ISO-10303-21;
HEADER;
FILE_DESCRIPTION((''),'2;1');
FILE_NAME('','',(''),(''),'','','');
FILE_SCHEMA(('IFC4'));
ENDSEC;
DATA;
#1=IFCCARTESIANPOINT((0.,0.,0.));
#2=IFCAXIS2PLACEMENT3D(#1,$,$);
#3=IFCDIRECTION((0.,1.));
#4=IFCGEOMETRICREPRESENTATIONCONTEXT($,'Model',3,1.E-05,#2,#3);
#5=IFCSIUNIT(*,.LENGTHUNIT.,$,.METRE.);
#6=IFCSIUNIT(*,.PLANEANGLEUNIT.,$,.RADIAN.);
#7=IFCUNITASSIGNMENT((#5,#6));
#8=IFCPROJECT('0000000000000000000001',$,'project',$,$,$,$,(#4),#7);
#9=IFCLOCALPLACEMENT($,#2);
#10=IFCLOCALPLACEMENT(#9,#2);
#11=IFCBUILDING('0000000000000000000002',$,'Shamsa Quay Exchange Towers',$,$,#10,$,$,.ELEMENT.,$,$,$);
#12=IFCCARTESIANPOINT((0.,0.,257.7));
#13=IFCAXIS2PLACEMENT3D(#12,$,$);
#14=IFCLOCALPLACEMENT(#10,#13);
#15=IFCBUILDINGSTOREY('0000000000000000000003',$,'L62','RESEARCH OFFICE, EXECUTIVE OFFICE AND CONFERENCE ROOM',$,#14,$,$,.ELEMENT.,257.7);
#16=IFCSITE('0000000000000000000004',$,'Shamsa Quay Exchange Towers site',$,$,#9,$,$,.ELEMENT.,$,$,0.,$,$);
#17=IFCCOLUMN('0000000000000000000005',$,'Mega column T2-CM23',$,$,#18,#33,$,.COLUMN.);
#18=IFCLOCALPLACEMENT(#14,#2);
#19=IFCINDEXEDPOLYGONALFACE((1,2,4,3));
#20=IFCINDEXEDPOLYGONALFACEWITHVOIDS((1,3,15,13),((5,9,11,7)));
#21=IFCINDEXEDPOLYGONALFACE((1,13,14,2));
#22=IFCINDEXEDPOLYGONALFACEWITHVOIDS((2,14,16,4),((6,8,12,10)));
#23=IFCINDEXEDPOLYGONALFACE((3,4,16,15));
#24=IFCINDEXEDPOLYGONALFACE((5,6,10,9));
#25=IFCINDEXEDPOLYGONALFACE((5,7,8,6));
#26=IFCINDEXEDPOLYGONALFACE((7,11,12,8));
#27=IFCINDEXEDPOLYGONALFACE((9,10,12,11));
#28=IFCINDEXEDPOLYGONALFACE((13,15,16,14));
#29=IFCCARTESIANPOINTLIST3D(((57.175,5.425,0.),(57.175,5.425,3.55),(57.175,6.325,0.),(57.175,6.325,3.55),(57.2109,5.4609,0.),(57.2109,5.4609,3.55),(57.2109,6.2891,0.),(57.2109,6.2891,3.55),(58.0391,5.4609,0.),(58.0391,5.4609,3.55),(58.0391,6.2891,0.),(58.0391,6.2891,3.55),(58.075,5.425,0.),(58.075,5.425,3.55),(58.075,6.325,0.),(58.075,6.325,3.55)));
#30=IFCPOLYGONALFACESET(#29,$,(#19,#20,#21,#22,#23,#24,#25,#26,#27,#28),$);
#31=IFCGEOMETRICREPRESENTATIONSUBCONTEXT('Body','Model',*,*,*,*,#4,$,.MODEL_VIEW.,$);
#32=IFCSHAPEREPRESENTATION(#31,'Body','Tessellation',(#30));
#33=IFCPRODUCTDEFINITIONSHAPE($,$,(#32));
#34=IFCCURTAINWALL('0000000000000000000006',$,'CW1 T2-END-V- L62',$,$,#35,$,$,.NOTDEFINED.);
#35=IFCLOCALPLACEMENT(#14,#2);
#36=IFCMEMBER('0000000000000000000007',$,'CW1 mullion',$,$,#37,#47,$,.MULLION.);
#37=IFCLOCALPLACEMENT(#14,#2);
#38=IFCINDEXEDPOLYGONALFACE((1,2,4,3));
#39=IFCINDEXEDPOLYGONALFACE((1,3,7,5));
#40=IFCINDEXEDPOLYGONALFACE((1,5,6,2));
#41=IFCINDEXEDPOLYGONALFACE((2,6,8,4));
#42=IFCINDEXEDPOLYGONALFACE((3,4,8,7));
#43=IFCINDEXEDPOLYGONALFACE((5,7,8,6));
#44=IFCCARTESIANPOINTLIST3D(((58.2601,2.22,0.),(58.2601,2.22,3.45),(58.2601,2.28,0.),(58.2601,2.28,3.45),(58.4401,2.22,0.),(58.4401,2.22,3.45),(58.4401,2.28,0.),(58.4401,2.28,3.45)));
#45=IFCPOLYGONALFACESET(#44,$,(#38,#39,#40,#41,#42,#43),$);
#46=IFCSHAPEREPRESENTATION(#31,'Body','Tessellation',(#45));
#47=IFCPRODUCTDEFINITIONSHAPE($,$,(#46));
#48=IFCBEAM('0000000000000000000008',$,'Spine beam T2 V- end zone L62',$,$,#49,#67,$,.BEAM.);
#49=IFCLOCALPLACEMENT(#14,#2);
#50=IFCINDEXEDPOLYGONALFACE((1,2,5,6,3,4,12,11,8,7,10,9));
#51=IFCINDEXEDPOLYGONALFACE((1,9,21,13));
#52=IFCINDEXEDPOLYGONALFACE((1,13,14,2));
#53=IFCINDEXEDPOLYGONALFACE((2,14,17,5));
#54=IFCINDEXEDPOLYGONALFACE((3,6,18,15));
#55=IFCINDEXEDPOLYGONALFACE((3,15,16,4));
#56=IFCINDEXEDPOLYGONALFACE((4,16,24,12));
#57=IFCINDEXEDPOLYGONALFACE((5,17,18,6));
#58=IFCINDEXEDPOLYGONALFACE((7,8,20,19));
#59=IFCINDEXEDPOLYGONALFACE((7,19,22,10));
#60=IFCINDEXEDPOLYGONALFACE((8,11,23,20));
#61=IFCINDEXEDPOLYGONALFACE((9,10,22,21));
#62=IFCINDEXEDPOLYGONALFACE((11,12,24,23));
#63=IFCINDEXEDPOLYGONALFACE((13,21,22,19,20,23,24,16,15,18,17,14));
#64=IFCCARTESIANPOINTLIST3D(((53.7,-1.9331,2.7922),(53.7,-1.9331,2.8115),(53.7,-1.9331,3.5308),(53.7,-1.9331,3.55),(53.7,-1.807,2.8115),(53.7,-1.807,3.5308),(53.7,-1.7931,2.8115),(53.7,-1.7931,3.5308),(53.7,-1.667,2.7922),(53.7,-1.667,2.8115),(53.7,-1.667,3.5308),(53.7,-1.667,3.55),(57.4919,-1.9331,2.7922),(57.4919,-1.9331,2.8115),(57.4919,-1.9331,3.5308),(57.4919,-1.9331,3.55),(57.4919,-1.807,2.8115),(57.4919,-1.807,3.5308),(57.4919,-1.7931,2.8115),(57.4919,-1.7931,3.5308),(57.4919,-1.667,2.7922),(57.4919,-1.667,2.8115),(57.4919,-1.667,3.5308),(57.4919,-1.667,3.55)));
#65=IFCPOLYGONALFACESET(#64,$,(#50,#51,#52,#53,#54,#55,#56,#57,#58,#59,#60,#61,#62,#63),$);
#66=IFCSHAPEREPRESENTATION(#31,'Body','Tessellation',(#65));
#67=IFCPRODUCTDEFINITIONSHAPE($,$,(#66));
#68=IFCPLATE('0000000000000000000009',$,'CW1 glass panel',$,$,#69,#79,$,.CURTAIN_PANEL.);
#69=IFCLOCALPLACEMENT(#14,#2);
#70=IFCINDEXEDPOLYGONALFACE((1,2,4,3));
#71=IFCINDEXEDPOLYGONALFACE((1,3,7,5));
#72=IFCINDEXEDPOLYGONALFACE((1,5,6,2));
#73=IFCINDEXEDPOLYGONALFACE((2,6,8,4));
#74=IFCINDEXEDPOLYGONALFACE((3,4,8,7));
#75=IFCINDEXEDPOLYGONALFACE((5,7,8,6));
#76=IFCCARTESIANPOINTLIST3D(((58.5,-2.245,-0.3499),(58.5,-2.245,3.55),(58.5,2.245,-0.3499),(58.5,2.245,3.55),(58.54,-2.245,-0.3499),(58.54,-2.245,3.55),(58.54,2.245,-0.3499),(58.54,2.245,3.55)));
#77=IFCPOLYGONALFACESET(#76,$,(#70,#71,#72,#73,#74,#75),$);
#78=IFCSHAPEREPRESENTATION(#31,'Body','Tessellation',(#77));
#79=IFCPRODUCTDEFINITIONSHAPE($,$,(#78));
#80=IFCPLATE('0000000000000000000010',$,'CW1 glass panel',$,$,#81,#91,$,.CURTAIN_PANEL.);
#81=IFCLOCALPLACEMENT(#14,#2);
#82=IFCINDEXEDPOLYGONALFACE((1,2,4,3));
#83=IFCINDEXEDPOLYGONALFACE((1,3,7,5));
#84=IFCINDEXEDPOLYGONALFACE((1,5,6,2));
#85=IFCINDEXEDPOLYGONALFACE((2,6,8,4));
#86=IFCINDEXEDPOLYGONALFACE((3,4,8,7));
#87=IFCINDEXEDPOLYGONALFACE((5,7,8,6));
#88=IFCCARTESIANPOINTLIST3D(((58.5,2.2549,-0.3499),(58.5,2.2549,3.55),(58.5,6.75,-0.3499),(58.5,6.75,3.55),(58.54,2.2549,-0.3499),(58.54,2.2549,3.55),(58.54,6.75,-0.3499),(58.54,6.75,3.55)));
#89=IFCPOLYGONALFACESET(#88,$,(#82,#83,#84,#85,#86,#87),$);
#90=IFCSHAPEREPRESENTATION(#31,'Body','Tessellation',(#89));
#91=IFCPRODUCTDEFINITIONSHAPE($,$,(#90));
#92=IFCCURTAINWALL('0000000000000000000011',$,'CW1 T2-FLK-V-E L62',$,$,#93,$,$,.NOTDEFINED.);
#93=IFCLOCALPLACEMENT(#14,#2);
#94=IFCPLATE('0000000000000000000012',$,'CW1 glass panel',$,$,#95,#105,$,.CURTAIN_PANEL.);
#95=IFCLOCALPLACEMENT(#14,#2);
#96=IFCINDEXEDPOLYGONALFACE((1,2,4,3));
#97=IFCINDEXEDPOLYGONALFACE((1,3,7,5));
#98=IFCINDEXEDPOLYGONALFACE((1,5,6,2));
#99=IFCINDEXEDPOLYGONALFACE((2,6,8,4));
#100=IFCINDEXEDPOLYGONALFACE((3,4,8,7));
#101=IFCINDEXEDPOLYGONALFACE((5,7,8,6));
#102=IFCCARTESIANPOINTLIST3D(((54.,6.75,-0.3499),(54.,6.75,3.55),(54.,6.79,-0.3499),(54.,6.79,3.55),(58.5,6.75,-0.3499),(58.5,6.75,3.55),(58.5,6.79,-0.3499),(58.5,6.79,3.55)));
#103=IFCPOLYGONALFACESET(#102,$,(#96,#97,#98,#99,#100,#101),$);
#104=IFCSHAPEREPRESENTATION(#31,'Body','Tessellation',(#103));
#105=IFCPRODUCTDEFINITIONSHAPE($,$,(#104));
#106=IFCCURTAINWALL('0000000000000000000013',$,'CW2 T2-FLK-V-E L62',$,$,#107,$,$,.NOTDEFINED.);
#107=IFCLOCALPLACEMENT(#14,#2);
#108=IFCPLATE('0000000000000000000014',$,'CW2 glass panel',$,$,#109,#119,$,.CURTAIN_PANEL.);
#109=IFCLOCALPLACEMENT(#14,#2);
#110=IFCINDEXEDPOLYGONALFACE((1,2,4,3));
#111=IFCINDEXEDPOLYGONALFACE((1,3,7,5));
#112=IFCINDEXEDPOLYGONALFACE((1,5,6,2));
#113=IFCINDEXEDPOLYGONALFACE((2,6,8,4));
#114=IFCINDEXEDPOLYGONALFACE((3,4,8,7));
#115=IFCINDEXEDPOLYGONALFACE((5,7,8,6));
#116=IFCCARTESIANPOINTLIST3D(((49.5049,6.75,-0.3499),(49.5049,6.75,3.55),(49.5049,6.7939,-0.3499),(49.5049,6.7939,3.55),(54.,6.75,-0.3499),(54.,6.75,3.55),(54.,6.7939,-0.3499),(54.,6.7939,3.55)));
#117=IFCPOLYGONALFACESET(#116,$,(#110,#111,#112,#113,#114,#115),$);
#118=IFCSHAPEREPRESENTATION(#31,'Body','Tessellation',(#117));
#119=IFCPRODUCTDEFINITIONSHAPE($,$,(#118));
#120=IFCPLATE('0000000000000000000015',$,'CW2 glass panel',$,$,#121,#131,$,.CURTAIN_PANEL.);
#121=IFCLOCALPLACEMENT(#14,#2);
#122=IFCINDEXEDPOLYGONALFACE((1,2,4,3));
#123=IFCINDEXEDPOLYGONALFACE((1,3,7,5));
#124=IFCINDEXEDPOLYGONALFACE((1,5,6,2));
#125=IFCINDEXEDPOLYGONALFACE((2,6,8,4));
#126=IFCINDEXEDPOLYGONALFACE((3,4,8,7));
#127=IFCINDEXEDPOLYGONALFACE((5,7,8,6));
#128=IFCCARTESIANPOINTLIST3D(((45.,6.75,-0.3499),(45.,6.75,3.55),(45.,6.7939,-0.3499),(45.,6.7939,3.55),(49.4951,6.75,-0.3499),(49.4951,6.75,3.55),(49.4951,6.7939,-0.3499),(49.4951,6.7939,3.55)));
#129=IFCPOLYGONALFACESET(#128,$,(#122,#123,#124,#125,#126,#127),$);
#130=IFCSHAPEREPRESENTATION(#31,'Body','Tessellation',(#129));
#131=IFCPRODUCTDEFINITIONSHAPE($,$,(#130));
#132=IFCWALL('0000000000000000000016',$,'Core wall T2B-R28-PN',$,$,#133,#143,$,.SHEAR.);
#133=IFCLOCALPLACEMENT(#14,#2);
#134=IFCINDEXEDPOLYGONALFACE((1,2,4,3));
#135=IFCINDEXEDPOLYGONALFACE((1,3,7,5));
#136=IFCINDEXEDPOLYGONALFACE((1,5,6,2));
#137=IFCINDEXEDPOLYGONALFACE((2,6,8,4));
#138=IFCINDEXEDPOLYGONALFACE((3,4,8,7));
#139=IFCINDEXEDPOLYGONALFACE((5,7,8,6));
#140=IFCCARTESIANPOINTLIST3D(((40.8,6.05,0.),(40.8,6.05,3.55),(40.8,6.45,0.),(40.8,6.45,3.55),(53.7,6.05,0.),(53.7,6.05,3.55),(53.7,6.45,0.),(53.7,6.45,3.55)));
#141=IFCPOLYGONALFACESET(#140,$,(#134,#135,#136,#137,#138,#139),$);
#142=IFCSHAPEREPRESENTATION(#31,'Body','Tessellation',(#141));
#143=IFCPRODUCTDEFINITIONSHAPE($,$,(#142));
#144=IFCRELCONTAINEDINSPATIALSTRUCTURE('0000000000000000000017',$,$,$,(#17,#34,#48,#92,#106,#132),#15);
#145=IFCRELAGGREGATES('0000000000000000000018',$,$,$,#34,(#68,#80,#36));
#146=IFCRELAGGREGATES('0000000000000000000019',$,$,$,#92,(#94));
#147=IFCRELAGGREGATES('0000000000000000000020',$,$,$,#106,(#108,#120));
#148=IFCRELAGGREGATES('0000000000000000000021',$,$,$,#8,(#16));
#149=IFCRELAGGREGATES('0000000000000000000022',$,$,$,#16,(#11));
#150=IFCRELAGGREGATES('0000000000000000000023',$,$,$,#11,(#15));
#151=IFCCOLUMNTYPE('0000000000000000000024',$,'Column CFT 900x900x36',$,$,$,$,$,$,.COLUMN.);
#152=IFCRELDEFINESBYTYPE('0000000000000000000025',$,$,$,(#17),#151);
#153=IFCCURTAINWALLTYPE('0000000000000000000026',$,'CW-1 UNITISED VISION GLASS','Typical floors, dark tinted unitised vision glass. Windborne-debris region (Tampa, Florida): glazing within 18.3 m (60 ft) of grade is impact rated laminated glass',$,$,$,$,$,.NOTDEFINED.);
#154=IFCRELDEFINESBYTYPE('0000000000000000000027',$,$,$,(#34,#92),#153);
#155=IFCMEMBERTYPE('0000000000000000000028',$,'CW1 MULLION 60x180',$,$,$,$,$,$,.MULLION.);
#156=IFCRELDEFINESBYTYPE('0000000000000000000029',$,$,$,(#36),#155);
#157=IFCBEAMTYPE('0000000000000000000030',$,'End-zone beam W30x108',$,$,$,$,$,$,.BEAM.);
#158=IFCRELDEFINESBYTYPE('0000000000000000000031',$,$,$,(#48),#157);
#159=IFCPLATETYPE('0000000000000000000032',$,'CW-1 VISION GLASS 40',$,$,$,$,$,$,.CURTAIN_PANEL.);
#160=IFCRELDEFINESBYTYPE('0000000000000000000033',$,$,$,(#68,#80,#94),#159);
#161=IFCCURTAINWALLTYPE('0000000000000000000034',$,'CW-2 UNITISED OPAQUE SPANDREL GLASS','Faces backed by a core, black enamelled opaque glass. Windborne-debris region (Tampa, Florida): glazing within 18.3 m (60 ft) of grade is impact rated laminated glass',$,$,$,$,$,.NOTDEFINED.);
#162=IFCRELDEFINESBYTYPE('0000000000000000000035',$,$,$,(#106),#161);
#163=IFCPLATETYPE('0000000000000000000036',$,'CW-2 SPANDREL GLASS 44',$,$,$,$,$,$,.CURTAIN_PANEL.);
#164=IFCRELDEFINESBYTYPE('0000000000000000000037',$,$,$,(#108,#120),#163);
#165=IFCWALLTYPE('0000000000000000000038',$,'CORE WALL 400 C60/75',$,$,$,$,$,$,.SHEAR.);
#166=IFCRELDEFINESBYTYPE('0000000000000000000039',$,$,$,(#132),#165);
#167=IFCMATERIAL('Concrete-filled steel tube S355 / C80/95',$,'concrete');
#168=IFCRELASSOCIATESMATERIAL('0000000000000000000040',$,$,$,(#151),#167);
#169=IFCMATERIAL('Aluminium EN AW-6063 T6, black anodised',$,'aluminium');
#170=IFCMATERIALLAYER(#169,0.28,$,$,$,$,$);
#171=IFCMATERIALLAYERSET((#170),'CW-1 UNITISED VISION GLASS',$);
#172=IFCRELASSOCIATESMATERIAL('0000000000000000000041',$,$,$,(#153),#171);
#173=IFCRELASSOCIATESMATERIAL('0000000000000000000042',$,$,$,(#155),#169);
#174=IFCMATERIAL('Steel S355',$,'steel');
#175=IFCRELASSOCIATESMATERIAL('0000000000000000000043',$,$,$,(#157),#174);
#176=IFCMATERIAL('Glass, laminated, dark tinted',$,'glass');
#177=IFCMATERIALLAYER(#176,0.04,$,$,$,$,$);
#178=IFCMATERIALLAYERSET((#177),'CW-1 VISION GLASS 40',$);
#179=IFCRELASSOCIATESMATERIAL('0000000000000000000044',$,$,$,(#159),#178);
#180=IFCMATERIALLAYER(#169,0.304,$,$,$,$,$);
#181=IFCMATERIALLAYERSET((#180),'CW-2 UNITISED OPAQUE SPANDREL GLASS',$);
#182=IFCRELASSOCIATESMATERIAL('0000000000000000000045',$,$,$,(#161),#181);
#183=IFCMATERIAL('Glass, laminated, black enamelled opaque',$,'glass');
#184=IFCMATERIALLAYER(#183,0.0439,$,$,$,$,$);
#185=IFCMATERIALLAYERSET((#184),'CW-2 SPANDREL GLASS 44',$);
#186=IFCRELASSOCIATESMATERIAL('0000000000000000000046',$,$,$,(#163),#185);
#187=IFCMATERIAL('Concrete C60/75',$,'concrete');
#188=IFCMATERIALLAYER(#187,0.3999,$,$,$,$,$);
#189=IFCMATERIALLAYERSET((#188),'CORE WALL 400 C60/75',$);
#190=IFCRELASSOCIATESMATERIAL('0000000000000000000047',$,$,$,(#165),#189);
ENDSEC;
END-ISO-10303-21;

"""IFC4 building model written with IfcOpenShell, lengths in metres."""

from ifc_helpers import new_model, si_unit, direction, frame, frame_2d, origin, origin_2d, place, context, subcontext, project, spatial, rectangle, hollow_rectangle, i_section, extrude, material, layer, layer_set, material_profile, profile_set, type_object, element, aggregate, save


model = new_model("IFC4")

# Units and contexts
model_context = context("Model", 3, precision=1e-05, world=origin(), true_north=direction((0.0, 1.0)))
body_context = subcontext(model_context, "Body", "Model", "MODEL_VIEW")
ifc_project = project(units=[si_unit("LENGTHUNIT", "METRE"), si_unit("PLANEANGLEUNIT", "RADIAN")], contexts=[model_context])

# Site, building, storey
site_placement = place(None, origin())
site = spatial("IfcSite", under=ifc_project, at=site_placement, Name="Shamsa Quay Exchange Towers site", CompositionType="ELEMENT", RefElevation=0.0)
building_placement = place(site_placement, origin())
building = spatial("IfcBuilding", under=site, at=building_placement, Name="Shamsa Quay Exchange Towers", CompositionType="ELEMENT")
storey_placement = place(building_placement, frame((0.0, 0.0, 257.7)))
storey = spatial("IfcBuildingStorey", under=building, at=storey_placement, Name="L62", Description="RESEARCH OFFICE, EXECUTIVE OFFICE AND CONFERENCE ROOM", CompositionType="ELEMENT", Elevation=257.7)

# Column
ifc_material_1 = material(Name="Concrete-filled steel tube S355 / C80/95", Category="concrete")
ifc_material_profile_1 = material_profile(ifc_material_1, hollow_rectangle(XDim=0.8999, YDim=0.8999, WallThickness=0.0359, at=origin_2d()), Name="CFT 900x900x36")
ifc_profile_set_1 = profile_set([ifc_material_profile_1], Name="Concrete-filled steel tube S355 / C80/95")
column_type = type_object("IfcColumnType", Name="Column CFT 900x900x36", PredefinedType="COLUMN", material=ifc_profile_set_1)
column_placement = place(storey_placement, frame((57.625, 5.875, 0.0)))
element("IfcColumn", 1, at=column_placement, inside=storey, type_object=column_type, Name="Mega column T2-CM23", PredefinedType="COLUMN", context=body_context, shape_type="SweptSolid", body=[
    extrude(hollow_rectangle(XDim=0.8999, YDim=0.8999, WallThickness=0.0359, at=origin_2d()), origin(), (0.0, 0.0, 1.0), 3.55),
])

# Curtain wall, member
ifc_material_2 = material(Name="Aluminium EN AW-6063 T6, black anodised", Category="aluminium")
ifc_layer_1 = layer(ifc_material_2, 0.28)
ifc_layer_set_1 = layer_set([ifc_layer_1], Name="CW-1 UNITISED VISION GLASS")
curtain_wall_type_1 = type_object("IfcCurtainWallType", Name="CW-1 UNITISED VISION GLASS", Description="Typical floors, dark tinted unitised vision glass. Windborne-debris region (Tampa, Florida): glazing within 18.3 m (60 ft) of grade is impact rated laminated glass", PredefinedType="NOTDEFINED", material=ifc_layer_set_1)
curtain_wall_1_placement = place(storey_placement, origin())
curtain_wall_1 = element("IfcCurtainWall", 2, at=curtain_wall_1_placement, inside=storey, type_object=curtain_wall_type_1, Name="CW1 T2-END-V- L62", PredefinedType="NOTDEFINED")
ifc_material_profile_2 = material_profile(ifc_material_2, rectangle(XDim=0.1799, YDim=0.0601, at=origin_2d()), Name="MU60x180")
ifc_profile_set_2 = profile_set([ifc_material_profile_2], Name="Aluminium EN AW-6063 T6, black anodised")
member_type = type_object("IfcMemberType", Name="CW1 MULLION 60x180", PredefinedType="MULLION", material=ifc_profile_set_2)
member_placement = place(storey_placement, frame((58.3501, 2.25, 0.0), z_axis=(0.0, 0.0, 1.0), x_axis=(-1.0, 0.0, 0.0)))
member = element("IfcMember", 3, at=member_placement, type_object=member_type, Name="CW1 mullion", PredefinedType="MULLION", context=body_context, shape_type="SweptSolid", body=[
    extrude(rectangle(XDim=0.1799, YDim=0.0601, at=origin_2d()), origin(), (0.0, 0.0, 1.0), 3.45),
])

# Beam
ifc_material_3 = material(Name="Steel S355", Category="steel")
ifc_material_profile_3 = material_profile(ifc_material_3, i_section(OverallWidth=0.2661, OverallDepth=0.7578, WebThickness=0.0139, FlangeThickness=0.0193, at=origin_2d()), Name="W30x108")
ifc_profile_set_3 = profile_set([ifc_material_profile_3], Name="Steel S355")
beam_type = type_object("IfcBeamType", Name="End-zone beam W30x108", PredefinedType="BEAM", material=ifc_profile_set_3)
beam_placement = place(storey_placement, frame((53.7, -1.8, 3.1711), z_axis=(1.0, 0.0, 0.0), x_axis=(0.0, 1.0, 0.0)))
element("IfcBeam", 4, at=beam_placement, inside=storey, type_object=beam_type, Name="Spine beam T2 V- end zone L62", PredefinedType="BEAM", context=body_context, shape_type="SweptSolid", body=[
    extrude(i_section(OverallWidth=0.2661, OverallDepth=0.7578, WebThickness=0.0139, FlangeThickness=0.0193, at=origin_2d()), origin(), (0.0, 0.0, 1.0), 3.792),
])

# Plates
ifc_material_4 = material(Name="Glass, laminated, dark tinted", Category="glass")
ifc_layer_2 = layer(ifc_material_4, 0.04)
ifc_layer_set_2 = layer_set([ifc_layer_2], Name="CW-1 VISION GLASS 40")
plate_type_1 = type_object("IfcPlateType", Name="CW-1 VISION GLASS 40", PredefinedType="CURTAIN_PANEL", material=ifc_layer_set_2)
plate_1_placement = place(storey_placement, frame((58.52, 0.0, -0.3499), z_axis=(0.0, 0.0, 1.0), x_axis=(0.0, 1.0, 0.0)))
plate_1 = element("IfcPlate", 5, at=plate_1_placement, type_object=plate_type_1, Name="CW1 glass panel", PredefinedType="CURTAIN_PANEL", context=body_context, shape_type="SweptSolid", body=[
    extrude(rectangle(XDim=4.49, YDim=0.04, at=origin_2d()), origin(), (0.0, 0.0, 1.0), 3.8999),
])
plate_2_placement = place(storey_placement, frame((58.52, 4.5024, -0.3499), z_axis=(0.0, 0.0, 1.0), x_axis=(0.0, 1.0, 0.0)))
plate_2 = element("IfcPlate", 6, at=plate_2_placement, type_object=plate_type_1, Name="CW1 glass panel", PredefinedType="CURTAIN_PANEL", context=body_context, shape_type="SweptSolid", body=[
    extrude(rectangle(XDim=4.4951, YDim=0.04, at=origin_2d()), origin(), (0.0, 0.0, 1.0), 3.8999),
])
aggregate(curtain_wall_1, [plate_1, plate_2, member])

# Curtain wall, plate
curtain_wall_2_placement = place(storey_placement, origin())
curtain_wall_2 = element("IfcCurtainWall", 7, at=curtain_wall_2_placement, inside=storey, type_object=curtain_wall_type_1, Name="CW1 T2-FLK-V-E L62", PredefinedType="NOTDEFINED")
plate_3_placement = place(storey_placement, frame((56.25, 6.77, -0.3499), z_axis=(0.0, 0.0, 1.0), x_axis=(-1.0, 0.0, 0.0)))
plate_3 = element("IfcPlate", 8, at=plate_3_placement, type_object=plate_type_1, Name="CW1 glass panel", PredefinedType="CURTAIN_PANEL", context=body_context, shape_type="SweptSolid", body=[
    extrude(rectangle(XDim=4.5, YDim=0.04, at=origin_2d()), origin(), (0.0, 0.0, 1.0), 3.8999),
])
aggregate(curtain_wall_2, [plate_3])

# Curtain wall, plates
ifc_layer_3 = layer(ifc_material_2, 0.304)
ifc_layer_set_3 = layer_set([ifc_layer_3], Name="CW-2 UNITISED OPAQUE SPANDREL GLASS")
curtain_wall_type_2 = type_object("IfcCurtainWallType", Name="CW-2 UNITISED OPAQUE SPANDREL GLASS", Description="Faces backed by a core, black enamelled opaque glass. Windborne-debris region (Tampa, Florida): glazing within 18.3 m (60 ft) of grade is impact rated laminated glass", PredefinedType="NOTDEFINED", material=ifc_layer_set_3)
curtain_wall_3_placement = place(storey_placement, origin())
curtain_wall_3 = element("IfcCurtainWall", 9, at=curtain_wall_3_placement, inside=storey, type_object=curtain_wall_type_2, Name="CW2 T2-FLK-V-E L62", PredefinedType="NOTDEFINED")
ifc_material_5 = material(Name="Glass, laminated, black enamelled opaque", Category="glass")
ifc_layer_4 = layer(ifc_material_5, 0.0439)
ifc_layer_set_4 = layer_set([ifc_layer_4], Name="CW-2 SPANDREL GLASS 44")
plate_type_2 = type_object("IfcPlateType", Name="CW-2 SPANDREL GLASS 44", PredefinedType="CURTAIN_PANEL", material=ifc_layer_set_4)
plate_4_placement = place(storey_placement, frame((51.7524, 6.772, -0.3499), z_axis=(0.0, 0.0, 1.0), x_axis=(-1.0, 0.0, 0.0)))
plate_4 = element("IfcPlate", 10, at=plate_4_placement, type_object=plate_type_2, Name="CW2 glass panel", PredefinedType="CURTAIN_PANEL", context=body_context, shape_type="SweptSolid", body=[
    extrude(rectangle(XDim=4.4951, YDim=0.0439, at=origin_2d()), origin(), (0.0, 0.0, 1.0), 3.8999),
])
plate_5_placement = place(storey_placement, frame((47.2476, 6.772, -0.3499), z_axis=(0.0, 0.0, 1.0), x_axis=(-1.0, 0.0, 0.0)))
plate_5 = element("IfcPlate", 11, at=plate_5_placement, type_object=plate_type_2, Name="CW2 glass panel", PredefinedType="CURTAIN_PANEL", context=body_context, shape_type="SweptSolid", body=[
    extrude(rectangle(XDim=4.4951, YDim=0.0439, at=origin_2d()), origin(), (0.0, 0.0, 1.0), 3.8999),
])
aggregate(curtain_wall_3, [plate_4, plate_5])

# Wall
ifc_material_6 = material(Name="Concrete C60/75", Category="concrete")
ifc_layer_5 = layer(ifc_material_6, 0.3999)
ifc_layer_set_5 = layer_set([ifc_layer_5], Name="CORE WALL 400 C60/75")
wall_type_1 = type_object("IfcWallType", Name="CORE WALL 400 C60/75", PredefinedType="SHEAR", material=ifc_layer_set_5)
wall_1_placement = place(storey_placement, frame((53.7, 6.25, 0.0), z_axis=(0.0, 0.0, 1.0), x_axis=(-1.0, 0.0, 0.0)))
element("IfcWall", 12, at=wall_1_placement, inside=storey, type_object=wall_type_1, Name="Core wall T2B-R28-PN", PredefinedType="SHEAR", context=body_context, shape_type="SweptSolid", body=[
    extrude(rectangle(XDim=12.8999, YDim=0.3999, at=frame_2d((6.45, 0.0))), origin(), (0.0, 0.0, 1.0), 3.55),
])

save(model, "model.ifc")
